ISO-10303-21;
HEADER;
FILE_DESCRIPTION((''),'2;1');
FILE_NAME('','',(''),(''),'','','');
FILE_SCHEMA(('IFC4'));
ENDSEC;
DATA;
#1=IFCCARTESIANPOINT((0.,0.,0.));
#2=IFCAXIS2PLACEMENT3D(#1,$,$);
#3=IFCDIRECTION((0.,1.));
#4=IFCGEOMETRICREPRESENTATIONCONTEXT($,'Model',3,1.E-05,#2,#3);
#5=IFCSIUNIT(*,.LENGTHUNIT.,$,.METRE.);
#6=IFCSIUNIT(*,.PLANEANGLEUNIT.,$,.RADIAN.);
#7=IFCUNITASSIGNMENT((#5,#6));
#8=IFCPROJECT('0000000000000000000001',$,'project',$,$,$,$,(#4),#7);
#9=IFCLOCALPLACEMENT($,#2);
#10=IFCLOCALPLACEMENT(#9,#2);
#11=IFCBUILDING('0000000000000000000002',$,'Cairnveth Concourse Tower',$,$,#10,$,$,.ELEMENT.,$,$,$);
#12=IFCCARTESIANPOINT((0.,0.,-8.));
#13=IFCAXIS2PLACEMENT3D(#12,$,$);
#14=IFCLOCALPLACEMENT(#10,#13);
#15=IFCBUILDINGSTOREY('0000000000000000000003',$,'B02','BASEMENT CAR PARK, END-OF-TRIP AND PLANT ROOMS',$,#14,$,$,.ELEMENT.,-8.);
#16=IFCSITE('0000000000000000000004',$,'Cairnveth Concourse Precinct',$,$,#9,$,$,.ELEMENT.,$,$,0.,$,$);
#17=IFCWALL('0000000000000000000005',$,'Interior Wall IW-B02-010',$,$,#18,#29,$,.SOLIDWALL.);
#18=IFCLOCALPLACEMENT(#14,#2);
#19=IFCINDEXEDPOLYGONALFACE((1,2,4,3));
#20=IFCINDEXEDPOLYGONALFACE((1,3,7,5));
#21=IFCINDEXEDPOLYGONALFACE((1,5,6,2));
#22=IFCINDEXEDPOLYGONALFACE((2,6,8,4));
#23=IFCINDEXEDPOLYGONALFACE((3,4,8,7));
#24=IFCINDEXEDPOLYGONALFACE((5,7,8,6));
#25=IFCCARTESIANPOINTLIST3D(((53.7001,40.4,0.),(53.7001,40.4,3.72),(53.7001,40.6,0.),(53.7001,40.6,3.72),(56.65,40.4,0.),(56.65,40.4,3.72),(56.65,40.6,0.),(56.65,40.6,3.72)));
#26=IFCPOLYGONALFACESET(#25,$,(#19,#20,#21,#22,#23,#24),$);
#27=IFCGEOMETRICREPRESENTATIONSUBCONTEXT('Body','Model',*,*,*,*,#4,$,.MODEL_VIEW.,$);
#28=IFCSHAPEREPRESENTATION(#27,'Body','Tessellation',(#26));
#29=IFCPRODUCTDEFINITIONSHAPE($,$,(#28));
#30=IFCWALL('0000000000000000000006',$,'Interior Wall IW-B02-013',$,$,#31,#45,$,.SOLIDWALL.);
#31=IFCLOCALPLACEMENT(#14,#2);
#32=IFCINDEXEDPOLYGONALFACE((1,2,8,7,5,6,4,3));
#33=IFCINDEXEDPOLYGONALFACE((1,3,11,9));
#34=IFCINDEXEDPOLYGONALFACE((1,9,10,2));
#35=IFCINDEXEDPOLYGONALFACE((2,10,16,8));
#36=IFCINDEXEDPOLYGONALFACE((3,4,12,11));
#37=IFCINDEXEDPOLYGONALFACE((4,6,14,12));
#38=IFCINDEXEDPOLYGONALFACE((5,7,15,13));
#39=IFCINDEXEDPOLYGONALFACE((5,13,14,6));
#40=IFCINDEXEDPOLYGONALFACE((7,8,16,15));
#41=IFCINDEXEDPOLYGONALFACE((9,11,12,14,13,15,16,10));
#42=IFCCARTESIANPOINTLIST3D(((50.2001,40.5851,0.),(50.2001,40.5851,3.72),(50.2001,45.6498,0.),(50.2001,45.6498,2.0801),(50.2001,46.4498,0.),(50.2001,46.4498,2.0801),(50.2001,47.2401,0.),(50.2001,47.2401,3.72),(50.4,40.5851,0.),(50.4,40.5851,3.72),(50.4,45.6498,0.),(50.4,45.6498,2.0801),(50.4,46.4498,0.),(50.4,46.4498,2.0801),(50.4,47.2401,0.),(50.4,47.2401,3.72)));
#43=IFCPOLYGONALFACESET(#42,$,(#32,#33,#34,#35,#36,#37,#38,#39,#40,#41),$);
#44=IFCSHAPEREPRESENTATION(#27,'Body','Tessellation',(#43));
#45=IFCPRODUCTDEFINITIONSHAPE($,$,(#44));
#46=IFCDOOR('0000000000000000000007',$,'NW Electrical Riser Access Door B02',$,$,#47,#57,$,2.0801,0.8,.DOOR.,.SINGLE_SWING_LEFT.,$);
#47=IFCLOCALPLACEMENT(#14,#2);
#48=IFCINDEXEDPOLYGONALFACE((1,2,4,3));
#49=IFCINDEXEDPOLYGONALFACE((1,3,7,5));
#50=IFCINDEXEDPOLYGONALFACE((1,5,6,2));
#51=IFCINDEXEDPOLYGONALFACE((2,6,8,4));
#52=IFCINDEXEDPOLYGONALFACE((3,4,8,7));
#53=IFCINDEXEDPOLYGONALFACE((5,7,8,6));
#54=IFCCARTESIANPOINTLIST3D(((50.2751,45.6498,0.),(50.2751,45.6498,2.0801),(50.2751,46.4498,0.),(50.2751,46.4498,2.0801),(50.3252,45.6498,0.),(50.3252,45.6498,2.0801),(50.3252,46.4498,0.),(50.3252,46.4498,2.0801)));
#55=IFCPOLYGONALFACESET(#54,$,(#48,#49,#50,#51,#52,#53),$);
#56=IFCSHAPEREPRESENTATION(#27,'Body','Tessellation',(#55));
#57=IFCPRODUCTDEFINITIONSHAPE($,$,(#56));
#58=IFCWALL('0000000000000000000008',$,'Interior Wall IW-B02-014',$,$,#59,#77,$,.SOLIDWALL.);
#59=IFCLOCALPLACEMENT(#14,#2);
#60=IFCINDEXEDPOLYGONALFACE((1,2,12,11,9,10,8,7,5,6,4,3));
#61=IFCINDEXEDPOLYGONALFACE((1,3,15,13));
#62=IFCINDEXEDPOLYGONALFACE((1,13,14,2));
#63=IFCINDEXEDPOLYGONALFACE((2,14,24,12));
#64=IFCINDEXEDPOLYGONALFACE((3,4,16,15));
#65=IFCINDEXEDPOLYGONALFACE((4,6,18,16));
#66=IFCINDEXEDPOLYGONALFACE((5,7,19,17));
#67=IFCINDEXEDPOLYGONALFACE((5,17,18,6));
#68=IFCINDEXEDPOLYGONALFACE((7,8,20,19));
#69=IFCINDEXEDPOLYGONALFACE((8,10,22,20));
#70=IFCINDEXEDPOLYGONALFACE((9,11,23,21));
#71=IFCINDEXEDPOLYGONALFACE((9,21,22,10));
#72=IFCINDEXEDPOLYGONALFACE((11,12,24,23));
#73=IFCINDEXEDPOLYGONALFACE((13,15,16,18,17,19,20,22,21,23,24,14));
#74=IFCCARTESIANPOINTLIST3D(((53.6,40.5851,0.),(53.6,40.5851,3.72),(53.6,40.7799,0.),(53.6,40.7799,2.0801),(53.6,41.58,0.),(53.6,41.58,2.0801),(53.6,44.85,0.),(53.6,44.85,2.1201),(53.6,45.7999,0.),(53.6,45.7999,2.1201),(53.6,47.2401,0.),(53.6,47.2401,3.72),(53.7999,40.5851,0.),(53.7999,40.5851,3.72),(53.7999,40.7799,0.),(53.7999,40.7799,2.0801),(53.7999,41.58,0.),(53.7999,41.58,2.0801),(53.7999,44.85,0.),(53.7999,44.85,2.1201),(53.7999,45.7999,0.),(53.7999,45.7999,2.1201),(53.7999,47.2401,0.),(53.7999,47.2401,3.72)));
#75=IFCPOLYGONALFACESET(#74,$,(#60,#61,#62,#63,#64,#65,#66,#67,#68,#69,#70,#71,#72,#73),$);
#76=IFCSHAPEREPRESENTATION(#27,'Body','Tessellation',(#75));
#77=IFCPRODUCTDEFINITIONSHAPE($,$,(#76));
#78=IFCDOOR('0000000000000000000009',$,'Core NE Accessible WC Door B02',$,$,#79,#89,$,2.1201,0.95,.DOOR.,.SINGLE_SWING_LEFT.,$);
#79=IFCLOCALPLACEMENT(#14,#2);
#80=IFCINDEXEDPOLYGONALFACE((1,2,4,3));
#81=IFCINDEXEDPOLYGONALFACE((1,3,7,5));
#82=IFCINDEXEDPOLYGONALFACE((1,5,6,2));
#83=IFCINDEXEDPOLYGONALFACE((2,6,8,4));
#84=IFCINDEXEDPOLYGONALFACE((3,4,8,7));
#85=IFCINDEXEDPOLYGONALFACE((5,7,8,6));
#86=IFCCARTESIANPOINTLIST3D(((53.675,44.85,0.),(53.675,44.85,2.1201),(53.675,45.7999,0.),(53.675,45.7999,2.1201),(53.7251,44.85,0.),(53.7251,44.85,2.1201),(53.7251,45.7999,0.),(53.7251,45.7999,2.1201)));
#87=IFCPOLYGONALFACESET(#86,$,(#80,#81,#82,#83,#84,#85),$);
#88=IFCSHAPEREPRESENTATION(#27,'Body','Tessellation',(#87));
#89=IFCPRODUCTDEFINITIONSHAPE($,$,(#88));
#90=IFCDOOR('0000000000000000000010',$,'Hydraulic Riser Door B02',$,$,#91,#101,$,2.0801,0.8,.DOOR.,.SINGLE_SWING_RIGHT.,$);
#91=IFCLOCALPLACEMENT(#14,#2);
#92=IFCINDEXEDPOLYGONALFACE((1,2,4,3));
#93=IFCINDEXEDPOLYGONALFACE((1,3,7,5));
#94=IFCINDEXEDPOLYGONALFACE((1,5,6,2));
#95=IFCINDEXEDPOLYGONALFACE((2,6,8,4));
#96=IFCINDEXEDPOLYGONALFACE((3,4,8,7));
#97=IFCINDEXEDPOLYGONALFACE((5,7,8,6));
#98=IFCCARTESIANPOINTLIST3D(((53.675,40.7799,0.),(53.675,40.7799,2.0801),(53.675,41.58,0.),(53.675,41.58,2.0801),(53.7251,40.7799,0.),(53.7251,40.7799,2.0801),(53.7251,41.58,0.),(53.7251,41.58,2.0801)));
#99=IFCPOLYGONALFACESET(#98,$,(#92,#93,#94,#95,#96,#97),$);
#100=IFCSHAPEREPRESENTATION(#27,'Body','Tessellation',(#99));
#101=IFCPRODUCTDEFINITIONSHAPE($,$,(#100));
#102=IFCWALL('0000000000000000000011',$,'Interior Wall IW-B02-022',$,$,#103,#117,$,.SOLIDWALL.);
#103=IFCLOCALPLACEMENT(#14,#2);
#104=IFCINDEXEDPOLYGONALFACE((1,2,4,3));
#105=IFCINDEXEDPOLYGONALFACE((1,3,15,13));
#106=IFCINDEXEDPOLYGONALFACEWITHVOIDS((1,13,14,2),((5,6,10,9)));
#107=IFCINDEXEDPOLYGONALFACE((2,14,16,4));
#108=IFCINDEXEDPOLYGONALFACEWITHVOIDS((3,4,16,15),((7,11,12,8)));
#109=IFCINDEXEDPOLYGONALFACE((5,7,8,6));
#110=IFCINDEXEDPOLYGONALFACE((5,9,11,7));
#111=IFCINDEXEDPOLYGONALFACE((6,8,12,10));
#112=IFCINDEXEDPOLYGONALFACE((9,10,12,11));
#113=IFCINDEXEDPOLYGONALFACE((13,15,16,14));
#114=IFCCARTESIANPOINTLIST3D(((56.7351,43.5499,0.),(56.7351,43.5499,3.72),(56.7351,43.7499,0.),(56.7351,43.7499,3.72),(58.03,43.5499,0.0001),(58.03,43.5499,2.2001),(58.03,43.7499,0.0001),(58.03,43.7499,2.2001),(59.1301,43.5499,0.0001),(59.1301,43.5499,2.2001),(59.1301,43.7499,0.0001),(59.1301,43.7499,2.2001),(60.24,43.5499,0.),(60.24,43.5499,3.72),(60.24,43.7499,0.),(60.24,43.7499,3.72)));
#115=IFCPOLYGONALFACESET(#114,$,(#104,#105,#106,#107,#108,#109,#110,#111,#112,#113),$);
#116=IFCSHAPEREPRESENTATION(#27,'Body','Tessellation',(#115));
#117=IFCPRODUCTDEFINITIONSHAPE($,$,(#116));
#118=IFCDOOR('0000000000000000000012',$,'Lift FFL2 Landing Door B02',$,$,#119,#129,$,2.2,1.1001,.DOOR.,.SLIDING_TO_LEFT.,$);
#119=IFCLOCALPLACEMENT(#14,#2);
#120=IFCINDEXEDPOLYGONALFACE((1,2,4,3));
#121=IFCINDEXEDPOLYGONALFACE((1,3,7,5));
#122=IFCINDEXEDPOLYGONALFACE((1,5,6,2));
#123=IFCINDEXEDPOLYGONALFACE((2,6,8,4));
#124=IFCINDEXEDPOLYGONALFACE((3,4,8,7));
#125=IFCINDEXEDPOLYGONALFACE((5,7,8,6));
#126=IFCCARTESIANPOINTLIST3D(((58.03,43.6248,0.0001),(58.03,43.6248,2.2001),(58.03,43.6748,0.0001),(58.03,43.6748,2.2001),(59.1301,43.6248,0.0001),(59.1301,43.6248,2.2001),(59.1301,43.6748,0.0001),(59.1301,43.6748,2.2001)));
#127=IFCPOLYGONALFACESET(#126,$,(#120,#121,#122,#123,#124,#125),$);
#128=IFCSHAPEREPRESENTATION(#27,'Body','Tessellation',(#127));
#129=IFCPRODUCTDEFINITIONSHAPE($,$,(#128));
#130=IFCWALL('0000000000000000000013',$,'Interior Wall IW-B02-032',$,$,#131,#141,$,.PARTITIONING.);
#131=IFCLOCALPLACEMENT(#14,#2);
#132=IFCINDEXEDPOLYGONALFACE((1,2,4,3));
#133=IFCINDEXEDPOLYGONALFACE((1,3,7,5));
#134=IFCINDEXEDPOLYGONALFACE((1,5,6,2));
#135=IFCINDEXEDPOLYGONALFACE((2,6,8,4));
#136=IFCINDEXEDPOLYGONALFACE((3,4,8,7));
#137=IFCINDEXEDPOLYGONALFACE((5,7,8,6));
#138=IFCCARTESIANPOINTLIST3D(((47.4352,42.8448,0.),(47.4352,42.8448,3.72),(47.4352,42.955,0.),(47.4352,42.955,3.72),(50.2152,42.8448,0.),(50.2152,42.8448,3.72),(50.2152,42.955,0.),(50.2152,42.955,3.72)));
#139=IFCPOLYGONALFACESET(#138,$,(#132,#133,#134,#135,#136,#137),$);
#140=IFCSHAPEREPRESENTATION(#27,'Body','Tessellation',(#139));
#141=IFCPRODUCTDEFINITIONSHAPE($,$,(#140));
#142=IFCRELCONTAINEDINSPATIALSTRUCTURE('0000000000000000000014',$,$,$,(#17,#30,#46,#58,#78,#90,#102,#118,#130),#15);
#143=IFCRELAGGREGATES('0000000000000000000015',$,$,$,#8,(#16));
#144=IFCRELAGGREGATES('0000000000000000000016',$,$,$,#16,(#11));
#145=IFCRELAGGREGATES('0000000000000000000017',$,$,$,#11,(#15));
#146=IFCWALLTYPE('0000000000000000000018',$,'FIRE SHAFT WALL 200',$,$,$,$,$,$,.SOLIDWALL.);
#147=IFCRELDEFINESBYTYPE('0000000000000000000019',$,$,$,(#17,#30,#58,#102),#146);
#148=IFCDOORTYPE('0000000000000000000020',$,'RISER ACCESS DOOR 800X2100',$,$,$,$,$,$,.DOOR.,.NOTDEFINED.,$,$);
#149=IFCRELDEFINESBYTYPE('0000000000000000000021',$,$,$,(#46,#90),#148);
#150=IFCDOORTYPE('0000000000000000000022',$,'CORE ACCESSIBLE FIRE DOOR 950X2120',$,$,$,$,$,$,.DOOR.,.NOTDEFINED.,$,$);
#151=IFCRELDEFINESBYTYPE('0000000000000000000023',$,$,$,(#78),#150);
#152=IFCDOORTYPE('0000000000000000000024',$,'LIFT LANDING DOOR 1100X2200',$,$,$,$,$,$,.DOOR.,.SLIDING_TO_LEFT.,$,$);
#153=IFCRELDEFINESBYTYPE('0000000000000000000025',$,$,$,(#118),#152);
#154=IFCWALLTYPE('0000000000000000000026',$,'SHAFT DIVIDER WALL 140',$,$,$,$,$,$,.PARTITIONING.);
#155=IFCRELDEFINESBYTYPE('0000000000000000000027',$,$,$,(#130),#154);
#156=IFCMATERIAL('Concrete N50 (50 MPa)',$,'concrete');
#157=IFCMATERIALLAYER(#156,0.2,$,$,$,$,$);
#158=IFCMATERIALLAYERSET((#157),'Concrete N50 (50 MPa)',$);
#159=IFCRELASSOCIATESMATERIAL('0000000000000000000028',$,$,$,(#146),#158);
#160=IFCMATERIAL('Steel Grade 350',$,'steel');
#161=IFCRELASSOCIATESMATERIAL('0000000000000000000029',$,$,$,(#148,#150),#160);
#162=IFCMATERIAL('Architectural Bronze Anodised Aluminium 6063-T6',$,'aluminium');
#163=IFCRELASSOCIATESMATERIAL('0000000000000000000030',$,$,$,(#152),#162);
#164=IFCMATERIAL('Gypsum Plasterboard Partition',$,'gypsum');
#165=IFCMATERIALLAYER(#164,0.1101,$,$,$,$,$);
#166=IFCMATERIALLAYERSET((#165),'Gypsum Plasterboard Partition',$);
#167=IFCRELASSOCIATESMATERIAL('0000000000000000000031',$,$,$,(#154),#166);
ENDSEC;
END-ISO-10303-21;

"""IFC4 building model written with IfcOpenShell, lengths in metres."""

from ifc_helpers import new_model, si_unit, direction, frame, frame_2d, origin, place, context, subcontext, project, spatial, rectangle, extrude, material, layer, layer_set, type_object, element, fill, save


model = new_model("IFC4")

# Units and contexts
model_context = context("Model", 3, precision=1e-05, world=origin(), true_north=direction((0.0, 1.0)))
body_context = subcontext(model_context, "Body", "Model", "MODEL_VIEW")
ifc_project = project(units=[si_unit("LENGTHUNIT", "METRE"), si_unit("PLANEANGLEUNIT", "RADIAN")], contexts=[model_context])

# Site, building, storey
site_placement = place(None, origin())
site = spatial("IfcSite", under=ifc_project, at=site_placement, Name="Cairnveth Concourse Precinct", CompositionType="ELEMENT", RefElevation=0.0)
building_placement = place(site_placement, origin())
building = spatial("IfcBuilding", under=site, at=building_placement, Name="Cairnveth Concourse Tower", CompositionType="ELEMENT")
storey_placement = place(building_placement, frame((0.0, 0.0, -8.0)))
storey = spatial("IfcBuildingStorey", under=building, at=storey_placement, Name="B02", Description="BASEMENT CAR PARK, END-OF-TRIP AND PLANT ROOMS", CompositionType="ELEMENT", Elevation=-8.0)

# Shared definitions
ifc_material_1 = material(Name="Concrete N50 (50 MPa)", Category="concrete")

# Shared definitions
ifc_material_2 = material(Name="Steel Grade 350", Category="steel")

# Wall
ifc_layer_1 = layer(ifc_material_1, 0.2)
ifc_layer_set_1 = layer_set([ifc_layer_1], Name="Concrete N50 (50 MPa)")
wall_type_1 = type_object("IfcWallType", Name="FIRE SHAFT WALL 200", PredefinedType="SOLIDWALL", material=ifc_layer_set_1)
for number, where, z_axis, x_axis, name in (
    (1, (53.7, 40.5, 0.0), (0.0, 0.0, 1.0), (1.0, 0.0, 0.0), "Interior Wall IW-B02-010"),
):
    element("IfcWall", number, at=place(storey_placement, frame(where, z_axis=z_axis, x_axis=x_axis)), inside=storey, type_object=wall_type_1, Name=name, PredefinedType="SOLIDWALL", context=body_context, shape_type="SweptSolid", body=[
        extrude(rectangle(XDim=2.95, YDim=0.2, at=frame_2d((1.4751, 0.0))), origin(), (0.0, 0.0, 1.0), 3.72),
    ])

# Wall, opening, door
wall_1_placement = place(storey_placement, frame((50.3, 40.585, 0.0), z_axis=(0.0, 0.0, 1.0), x_axis=(0.0, 1.0, 0.0)))
wall_1 = element("IfcWall", 2, at=wall_1_placement, inside=storey, type_object=wall_type_1, Name="Interior Wall IW-B02-013", PredefinedType="SOLIDWALL", context=body_context, shape_type="SweptSolid", body=[
    extrude(rectangle(XDim=6.655, YDim=0.2, at=frame_2d((3.3276, 0.0))), origin(), (0.0, 0.0, 1.0), 3.72),
])
opening_1_placement = place(wall_1_placement, frame((5.0649, 0.0, 0.0)))
opening_1 = element("IfcOpeningElement", 3, at=opening_1_placement, cuts=wall_1, PredefinedType="OPENING", context=body_context, shape_type="SweptSolid", body=[
    extrude(rectangle(XDim=0.8, YDim=2.0801, at=frame_2d((0.3999, 1.04))), frame((0.0, 0.1099, 0.0), z_axis=(0.0, -1.0, 0.0), x_axis=(1.0, 0.0, 0.0)), (0.0, 0.0, 1.0), 0.22),
])
door_type_1 = type_object("IfcDoorType", Name="RISER ACCESS DOOR 800X2100", OperationType="NOTDEFINED", PredefinedType="DOOR", material=ifc_material_2)
door_1_placement = place(opening_1_placement, origin())
door_1 = element("IfcDoor", 4, at=door_1_placement, inside=storey, type_object=door_type_1, Name="NW Electrical Riser Access Door B02", OperationType="SINGLE_SWING_LEFT", OverallHeight=2.0801, OverallWidth=0.8, PredefinedType="DOOR", context=body_context, shape_type="SweptSolid", body=[
    extrude(rectangle(XDim=0.8, YDim=2.0801, at=frame_2d((0.3999, 1.04))), frame((0.0, 0.0249, 0.0), z_axis=(0.0, -1.0, 0.0), x_axis=(1.0, 0.0, 0.0)), (0.0, 0.0, 1.0), 0.05),
])
fill(opening_1, door_1)

# Wall, openings, doors
wall_2_placement = place(storey_placement, frame((53.7, 40.585, 0.0), z_axis=(0.0, 0.0, 1.0), x_axis=(0.0, 1.0, 0.0)))
wall_2 = element("IfcWall", 5, at=wall_2_placement, inside=storey, type_object=wall_type_1, Name="Interior Wall IW-B02-014", PredefinedType="SOLIDWALL", context=body_context, shape_type="SweptSolid", body=[
    extrude(rectangle(XDim=6.655, YDim=0.2, at=frame_2d((3.3276, 0.0))), origin(), (0.0, 0.0, 1.0), 3.72),
])
opening_2_placement = place(wall_2_placement, frame((0.1951, 0.0, 0.0)))
opening_2 = element("IfcOpeningElement", 6, at=opening_2_placement, cuts=wall_2, PredefinedType="OPENING", context=body_context, shape_type="SweptSolid", body=[
    extrude(rectangle(XDim=0.8, YDim=2.0801, at=frame_2d((0.3999, 1.04))), frame((0.0, 0.1099, 0.0), z_axis=(0.0, -1.0, 0.0), x_axis=(1.0, 0.0, 0.0)), (0.0, 0.0, 1.0), 0.22),
])
opening_3_placement = place(wall_2_placement, frame((4.2649, 0.0, 0.0)))
opening_3 = element("IfcOpeningElement", 7, at=opening_3_placement, cuts=wall_2, PredefinedType="OPENING", context=body_context, shape_type="SweptSolid", body=[
    extrude(rectangle(XDim=0.95, YDim=2.1201, at=frame_2d((0.4751, 1.0601))), frame((0.0, 0.1099, 0.0), z_axis=(0.0, -1.0, 0.0), x_axis=(1.0, 0.0, 0.0)), (0.0, 0.0, 1.0), 0.22),
])
door_type_2 = type_object("IfcDoorType", Name="CORE ACCESSIBLE FIRE DOOR 950X2120", OperationType="NOTDEFINED", PredefinedType="DOOR", material=ifc_material_2)
door_2_placement = place(opening_3_placement, origin())
door_2 = element("IfcDoor", 8, at=door_2_placement, inside=storey, type_object=door_type_2, Name="Core NE Accessible WC Door B02", OperationType="SINGLE_SWING_LEFT", OverallHeight=2.1201, OverallWidth=0.95, PredefinedType="DOOR", context=body_context, shape_type="SweptSolid", body=[
    extrude(rectangle(XDim=0.95, YDim=2.1201, at=frame_2d((0.4751, 1.0601))), frame((0.0, 0.0249, 0.0), z_axis=(0.0, -1.0, 0.0), x_axis=(1.0, 0.0, 0.0)), (0.0, 0.0, 1.0), 0.05),
])
fill(opening_3, door_2)
door_3_placement = place(opening_2_placement, origin())
door_3 = element("IfcDoor", 9, at=door_3_placement, inside=storey, type_object=door_type_1, Name="Hydraulic Riser Door B02", OperationType="SINGLE_SWING_RIGHT", OverallHeight=2.0801, OverallWidth=0.8, PredefinedType="DOOR", context=body_context, shape_type="SweptSolid", body=[
    extrude(rectangle(XDim=0.8, YDim=2.0801, at=frame_2d((0.3999, 1.04))), frame((0.0, 0.0249, 0.0), z_axis=(0.0, -1.0, 0.0), x_axis=(1.0, 0.0, 0.0)), (0.0, 0.0, 1.0), 0.05),
])
fill(opening_2, door_3)

# Wall, opening, door
wall_3_placement = place(storey_placement, frame((56.7351, 43.6499, 0.0), z_axis=(0.0, 0.0, 1.0), x_axis=(1.0, 0.0, 0.0)))
wall_3 = element("IfcWall", 10, at=wall_3_placement, inside=storey, type_object=wall_type_1, Name="Interior Wall IW-B02-022", PredefinedType="SOLIDWALL", context=body_context, shape_type="SweptSolid", body=[
    extrude(rectangle(XDim=3.5049, YDim=0.2, at=frame_2d((1.7524, 0.0))), origin(), (0.0, 0.0, 1.0), 3.72),
])
opening_4_placement = place(wall_3_placement, frame((1.2949, 0.0, 0.0)))
opening_4 = element("IfcOpeningElement", 11, at=opening_4_placement, cuts=wall_3, PredefinedType="OPENING", context=body_context, shape_type="SweptSolid", body=[
    extrude(rectangle(XDim=1.1001, YDim=2.2, at=frame_2d((0.55, 1.1001))), frame((0.0, 0.1099, 0.0), z_axis=(0.0, -1.0, 0.0), x_axis=(1.0, 0.0, 0.0)), (0.0, 0.0, 1.0), 0.22),
])
ifc_material_3 = material(Name="Architectural Bronze Anodised Aluminium 6063-T6", Category="aluminium")
door_type_3 = type_object("IfcDoorType", Name="LIFT LANDING DOOR 1100X2200", OperationType="SLIDING_TO_LEFT", PredefinedType="DOOR", material=ifc_material_3)
door_4_placement = place(opening_4_placement, origin())
door_4 = element("IfcDoor", 12, at=door_4_placement, inside=storey, type_object=door_type_3, Name="Lift FFL2 Landing Door B02", OperationType="SLIDING_TO_LEFT", OverallHeight=2.2, OverallWidth=1.1001, PredefinedType="DOOR", context=body_context, shape_type="SweptSolid", body=[
    extrude(rectangle(XDim=1.1001, YDim=2.2, at=frame_2d((0.55, 1.1001))), frame((0.0, 0.0249, 0.0), z_axis=(0.0, -1.0, 0.0), x_axis=(1.0, 0.0, 0.0)), (0.0, 0.0, 1.0), 0.05),
])
fill(opening_4, door_4)

# Wall
ifc_material_4 = material(Name="Gypsum Plasterboard Partition", Category="gypsum")
ifc_layer_2 = layer(ifc_material_4, 0.1101)
ifc_layer_set_2 = layer_set([ifc_layer_2], Name="Gypsum Plasterboard Partition")
wall_type_2 = type_object("IfcWallType", Name="SHAFT DIVIDER WALL 140", PredefinedType="PARTITIONING", material=ifc_layer_set_2)
wall_4_placement = place(storey_placement, frame((47.4351, 42.8999, 0.0), z_axis=(0.0, 0.0, 1.0), x_axis=(1.0, 0.0, 0.0)))
element("IfcWall", 13, at=wall_4_placement, inside=storey, type_object=wall_type_2, Name="Interior Wall IW-B02-032", PredefinedType="PARTITIONING", context=body_context, shape_type="SweptSolid", body=[
    extrude(rectangle(XDim=2.78, YDim=0.1101, at=frame_2d((1.3901, 0.0))), origin(), (0.0, 0.0, 1.0), 3.72),
])

save(model, "model.ifc")
